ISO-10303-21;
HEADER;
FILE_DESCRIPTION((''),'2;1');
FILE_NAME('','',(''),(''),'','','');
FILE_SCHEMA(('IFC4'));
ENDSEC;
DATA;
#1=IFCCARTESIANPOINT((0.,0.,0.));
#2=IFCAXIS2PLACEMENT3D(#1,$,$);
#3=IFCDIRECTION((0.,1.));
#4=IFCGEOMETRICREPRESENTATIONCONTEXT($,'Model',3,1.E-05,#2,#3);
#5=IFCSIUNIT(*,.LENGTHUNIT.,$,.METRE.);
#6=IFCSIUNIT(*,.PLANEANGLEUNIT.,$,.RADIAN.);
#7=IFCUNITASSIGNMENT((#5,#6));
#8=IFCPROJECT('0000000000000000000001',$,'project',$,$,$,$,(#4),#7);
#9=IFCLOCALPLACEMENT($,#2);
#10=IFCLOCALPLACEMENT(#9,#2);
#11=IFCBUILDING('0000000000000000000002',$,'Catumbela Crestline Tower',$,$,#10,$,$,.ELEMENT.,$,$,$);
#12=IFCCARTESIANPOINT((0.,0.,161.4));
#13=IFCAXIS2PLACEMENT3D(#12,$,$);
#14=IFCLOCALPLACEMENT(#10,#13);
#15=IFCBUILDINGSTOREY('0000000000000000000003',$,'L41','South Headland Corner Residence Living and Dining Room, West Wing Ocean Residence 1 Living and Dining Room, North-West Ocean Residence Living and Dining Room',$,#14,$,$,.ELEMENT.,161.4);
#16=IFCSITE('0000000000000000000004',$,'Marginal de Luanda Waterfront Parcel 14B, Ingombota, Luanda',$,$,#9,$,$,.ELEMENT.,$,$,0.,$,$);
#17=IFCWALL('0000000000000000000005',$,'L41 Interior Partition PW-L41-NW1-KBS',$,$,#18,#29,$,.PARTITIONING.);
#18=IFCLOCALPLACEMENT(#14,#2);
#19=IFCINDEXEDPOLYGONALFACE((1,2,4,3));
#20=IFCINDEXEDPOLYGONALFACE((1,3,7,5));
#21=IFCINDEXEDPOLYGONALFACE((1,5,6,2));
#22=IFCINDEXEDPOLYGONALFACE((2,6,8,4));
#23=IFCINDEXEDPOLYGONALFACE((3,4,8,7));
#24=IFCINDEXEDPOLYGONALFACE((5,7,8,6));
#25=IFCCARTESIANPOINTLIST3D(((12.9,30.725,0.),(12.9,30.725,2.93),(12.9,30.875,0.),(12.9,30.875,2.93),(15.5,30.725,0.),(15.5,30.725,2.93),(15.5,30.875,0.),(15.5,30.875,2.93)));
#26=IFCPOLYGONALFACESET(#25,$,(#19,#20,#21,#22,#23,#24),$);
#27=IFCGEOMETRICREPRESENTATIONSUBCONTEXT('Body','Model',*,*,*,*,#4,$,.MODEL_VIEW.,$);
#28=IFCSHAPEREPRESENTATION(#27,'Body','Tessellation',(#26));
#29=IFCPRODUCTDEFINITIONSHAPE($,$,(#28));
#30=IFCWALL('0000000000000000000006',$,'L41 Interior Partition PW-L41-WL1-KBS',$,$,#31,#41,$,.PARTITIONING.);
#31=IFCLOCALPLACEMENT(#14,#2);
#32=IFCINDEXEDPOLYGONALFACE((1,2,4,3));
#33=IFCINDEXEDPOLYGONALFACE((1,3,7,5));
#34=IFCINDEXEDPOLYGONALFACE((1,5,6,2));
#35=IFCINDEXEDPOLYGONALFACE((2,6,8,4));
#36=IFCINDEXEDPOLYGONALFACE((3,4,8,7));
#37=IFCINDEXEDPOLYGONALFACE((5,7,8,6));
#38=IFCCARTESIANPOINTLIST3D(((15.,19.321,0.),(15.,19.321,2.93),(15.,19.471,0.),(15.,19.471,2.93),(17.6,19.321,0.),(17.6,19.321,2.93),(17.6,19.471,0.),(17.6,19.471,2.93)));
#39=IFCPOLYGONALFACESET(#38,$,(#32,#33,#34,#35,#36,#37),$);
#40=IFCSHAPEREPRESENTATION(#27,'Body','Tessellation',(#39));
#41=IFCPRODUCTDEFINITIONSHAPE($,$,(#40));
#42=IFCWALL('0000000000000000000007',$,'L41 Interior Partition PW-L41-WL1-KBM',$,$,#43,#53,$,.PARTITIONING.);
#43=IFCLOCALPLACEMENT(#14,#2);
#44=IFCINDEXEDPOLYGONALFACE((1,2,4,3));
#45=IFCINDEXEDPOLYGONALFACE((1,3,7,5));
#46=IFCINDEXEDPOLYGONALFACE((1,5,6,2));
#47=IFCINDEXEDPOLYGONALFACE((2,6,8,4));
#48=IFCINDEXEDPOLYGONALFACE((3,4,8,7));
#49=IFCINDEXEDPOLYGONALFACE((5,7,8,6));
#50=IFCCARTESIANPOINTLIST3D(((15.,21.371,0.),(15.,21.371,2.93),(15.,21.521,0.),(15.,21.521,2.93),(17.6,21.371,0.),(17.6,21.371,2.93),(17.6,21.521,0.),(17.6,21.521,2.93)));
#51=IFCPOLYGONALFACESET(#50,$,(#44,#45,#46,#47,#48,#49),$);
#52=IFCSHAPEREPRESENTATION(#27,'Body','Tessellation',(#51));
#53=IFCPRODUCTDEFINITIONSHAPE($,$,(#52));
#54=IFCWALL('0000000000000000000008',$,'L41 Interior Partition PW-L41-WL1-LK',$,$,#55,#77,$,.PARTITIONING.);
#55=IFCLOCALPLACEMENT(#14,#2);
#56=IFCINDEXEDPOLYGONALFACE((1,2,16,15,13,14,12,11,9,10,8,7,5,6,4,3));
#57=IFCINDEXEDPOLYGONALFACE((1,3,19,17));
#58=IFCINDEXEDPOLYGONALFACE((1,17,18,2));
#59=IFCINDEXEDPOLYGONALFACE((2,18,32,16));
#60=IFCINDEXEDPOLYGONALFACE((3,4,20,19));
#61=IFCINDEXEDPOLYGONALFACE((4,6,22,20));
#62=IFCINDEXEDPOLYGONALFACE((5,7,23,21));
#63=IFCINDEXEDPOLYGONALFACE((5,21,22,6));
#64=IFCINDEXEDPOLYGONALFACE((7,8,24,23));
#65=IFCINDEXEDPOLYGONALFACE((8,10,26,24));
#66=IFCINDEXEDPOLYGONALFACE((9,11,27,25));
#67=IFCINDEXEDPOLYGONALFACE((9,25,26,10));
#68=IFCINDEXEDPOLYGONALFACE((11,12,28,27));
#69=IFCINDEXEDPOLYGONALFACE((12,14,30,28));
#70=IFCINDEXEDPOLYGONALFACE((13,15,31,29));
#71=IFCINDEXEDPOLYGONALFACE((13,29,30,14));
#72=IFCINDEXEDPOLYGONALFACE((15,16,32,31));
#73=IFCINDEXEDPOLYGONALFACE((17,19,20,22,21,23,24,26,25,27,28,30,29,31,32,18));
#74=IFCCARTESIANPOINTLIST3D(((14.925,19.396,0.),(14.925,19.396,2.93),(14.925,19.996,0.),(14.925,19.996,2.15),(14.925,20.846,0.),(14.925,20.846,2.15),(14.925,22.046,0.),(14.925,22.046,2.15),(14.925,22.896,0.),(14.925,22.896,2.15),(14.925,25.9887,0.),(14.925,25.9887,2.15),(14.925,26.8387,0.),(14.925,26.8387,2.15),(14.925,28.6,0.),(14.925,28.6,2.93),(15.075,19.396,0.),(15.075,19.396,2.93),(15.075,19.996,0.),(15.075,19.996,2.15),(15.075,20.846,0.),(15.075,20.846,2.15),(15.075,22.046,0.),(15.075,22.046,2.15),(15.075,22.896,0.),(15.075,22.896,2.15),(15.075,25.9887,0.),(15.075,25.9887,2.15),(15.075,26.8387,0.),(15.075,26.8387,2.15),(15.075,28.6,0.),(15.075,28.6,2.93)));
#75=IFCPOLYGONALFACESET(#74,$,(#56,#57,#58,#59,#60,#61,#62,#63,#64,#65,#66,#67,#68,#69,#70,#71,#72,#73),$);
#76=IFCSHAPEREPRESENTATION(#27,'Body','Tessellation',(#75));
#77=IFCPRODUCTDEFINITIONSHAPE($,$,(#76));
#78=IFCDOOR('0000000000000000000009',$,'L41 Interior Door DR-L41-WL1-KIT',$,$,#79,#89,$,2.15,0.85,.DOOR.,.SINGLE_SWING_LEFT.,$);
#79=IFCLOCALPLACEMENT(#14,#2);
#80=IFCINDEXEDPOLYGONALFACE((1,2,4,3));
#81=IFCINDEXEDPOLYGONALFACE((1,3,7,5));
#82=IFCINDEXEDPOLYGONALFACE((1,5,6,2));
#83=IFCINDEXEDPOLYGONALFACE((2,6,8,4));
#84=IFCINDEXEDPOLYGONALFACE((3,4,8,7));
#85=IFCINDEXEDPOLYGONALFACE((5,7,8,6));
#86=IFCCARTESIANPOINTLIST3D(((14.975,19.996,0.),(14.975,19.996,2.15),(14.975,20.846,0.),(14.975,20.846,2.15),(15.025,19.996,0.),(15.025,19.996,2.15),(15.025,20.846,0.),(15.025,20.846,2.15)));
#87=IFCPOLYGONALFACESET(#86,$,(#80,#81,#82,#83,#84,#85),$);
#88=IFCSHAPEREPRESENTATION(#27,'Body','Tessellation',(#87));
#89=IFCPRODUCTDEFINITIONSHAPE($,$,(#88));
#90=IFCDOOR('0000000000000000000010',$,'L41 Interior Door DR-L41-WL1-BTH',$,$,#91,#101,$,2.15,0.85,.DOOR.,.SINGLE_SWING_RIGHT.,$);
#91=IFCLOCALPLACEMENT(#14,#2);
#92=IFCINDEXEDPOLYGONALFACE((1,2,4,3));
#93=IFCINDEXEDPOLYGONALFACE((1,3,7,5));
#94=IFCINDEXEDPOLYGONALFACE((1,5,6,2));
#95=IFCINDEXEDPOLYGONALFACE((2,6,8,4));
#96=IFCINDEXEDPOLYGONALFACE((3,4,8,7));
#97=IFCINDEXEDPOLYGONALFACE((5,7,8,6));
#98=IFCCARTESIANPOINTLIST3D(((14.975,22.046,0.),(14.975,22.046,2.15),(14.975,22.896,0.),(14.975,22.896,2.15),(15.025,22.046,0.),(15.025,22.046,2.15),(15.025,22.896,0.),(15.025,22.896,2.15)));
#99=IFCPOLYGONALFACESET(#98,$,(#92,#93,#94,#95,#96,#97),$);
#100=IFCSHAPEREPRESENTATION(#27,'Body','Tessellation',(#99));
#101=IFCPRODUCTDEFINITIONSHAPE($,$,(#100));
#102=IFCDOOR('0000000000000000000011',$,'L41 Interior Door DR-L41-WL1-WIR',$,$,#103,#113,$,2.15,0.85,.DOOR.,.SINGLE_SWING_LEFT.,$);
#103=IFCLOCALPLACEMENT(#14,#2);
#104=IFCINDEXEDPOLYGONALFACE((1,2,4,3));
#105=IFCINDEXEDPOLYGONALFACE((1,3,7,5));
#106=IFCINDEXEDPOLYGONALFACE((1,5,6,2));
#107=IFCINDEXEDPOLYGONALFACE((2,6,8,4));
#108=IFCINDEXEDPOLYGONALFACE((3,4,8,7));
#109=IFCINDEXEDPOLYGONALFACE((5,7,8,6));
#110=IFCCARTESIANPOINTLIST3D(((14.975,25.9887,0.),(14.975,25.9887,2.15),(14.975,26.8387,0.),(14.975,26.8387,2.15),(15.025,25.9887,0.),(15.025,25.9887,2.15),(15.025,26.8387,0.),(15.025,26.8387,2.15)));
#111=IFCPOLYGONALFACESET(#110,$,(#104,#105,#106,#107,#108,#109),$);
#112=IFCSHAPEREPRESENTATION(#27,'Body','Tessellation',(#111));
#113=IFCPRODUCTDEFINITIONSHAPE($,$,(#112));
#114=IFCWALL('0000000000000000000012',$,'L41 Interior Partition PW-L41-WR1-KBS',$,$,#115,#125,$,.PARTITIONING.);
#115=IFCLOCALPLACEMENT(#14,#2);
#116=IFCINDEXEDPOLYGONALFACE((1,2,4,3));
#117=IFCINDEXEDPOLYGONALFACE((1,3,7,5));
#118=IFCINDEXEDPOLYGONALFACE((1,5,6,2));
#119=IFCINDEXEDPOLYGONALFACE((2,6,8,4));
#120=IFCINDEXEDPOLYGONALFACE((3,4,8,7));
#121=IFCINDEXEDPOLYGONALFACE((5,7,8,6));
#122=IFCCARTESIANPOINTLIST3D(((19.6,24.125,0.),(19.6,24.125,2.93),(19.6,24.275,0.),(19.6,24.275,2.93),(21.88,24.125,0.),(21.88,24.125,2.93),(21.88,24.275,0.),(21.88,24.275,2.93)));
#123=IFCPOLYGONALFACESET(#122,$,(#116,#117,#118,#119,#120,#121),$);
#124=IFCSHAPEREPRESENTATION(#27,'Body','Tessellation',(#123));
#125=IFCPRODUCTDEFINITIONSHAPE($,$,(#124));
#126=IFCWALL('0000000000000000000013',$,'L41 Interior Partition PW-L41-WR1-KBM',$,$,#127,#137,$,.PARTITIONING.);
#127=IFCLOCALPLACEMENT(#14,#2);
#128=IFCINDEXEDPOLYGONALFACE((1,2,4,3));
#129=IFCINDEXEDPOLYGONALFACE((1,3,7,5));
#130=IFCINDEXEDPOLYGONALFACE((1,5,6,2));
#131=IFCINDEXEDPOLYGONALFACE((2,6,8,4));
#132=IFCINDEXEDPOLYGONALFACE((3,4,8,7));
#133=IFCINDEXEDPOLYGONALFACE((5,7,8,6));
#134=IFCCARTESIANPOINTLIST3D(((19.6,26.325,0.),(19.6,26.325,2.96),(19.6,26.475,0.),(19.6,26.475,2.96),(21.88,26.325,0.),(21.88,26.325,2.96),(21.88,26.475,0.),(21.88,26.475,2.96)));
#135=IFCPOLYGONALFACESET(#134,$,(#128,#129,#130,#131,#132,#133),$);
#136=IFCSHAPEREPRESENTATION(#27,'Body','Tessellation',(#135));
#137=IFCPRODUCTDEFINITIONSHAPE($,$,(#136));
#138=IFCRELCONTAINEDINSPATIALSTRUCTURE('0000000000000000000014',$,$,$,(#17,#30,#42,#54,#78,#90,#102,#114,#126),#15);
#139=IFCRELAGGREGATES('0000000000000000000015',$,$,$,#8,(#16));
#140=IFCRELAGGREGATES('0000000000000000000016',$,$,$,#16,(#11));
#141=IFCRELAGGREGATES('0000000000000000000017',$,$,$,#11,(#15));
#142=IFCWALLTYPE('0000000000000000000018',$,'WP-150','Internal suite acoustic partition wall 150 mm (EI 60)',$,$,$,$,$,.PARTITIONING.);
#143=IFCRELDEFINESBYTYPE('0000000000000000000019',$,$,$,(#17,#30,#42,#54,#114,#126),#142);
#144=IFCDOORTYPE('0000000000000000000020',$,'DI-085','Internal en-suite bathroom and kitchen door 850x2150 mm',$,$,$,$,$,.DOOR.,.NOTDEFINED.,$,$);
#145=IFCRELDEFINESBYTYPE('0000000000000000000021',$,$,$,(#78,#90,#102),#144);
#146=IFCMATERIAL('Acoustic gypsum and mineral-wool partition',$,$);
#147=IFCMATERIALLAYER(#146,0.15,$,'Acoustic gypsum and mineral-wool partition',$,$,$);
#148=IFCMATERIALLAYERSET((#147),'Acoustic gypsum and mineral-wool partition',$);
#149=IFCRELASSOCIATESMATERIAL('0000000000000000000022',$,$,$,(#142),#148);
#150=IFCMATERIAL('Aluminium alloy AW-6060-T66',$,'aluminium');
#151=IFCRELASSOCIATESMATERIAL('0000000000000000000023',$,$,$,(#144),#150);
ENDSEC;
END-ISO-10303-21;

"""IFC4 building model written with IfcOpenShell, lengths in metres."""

from ifc_helpers import new_model, si_unit, direction, frame, frame_2d, origin, place, context, subcontext, project, spatial, rectangle, extrude, material, layer, layer_set, type_object, element, fill, save


model = new_model("IFC4")

# Units and contexts
model_context = context("Model", 3, precision=1e-05, world=origin(), true_north=direction((0.0, 1.0)))
body_context = subcontext(model_context, "Body", "Model", "MODEL_VIEW")
ifc_project = project(units=[si_unit("LENGTHUNIT", "METRE"), si_unit("PLANEANGLEUNIT", "RADIAN")], contexts=[model_context])

# Site, building, storey
site_placement = place(None, origin())
site = spatial("IfcSite", under=ifc_project, at=site_placement, Name="Marginal de Luanda Waterfront Parcel 14B, Ingombota, Luanda", CompositionType="ELEMENT", RefElevation=0.0)
building_placement = place(site_placement, origin())
building = spatial("IfcBuilding", under=site, at=building_placement, Name="Catumbela Crestline Tower", CompositionType="ELEMENT")
storey_placement = place(building_placement, frame((0.0, 0.0, 161.4)))
storey = spatial("IfcBuildingStorey", under=building, at=storey_placement, Name="L41", Description="South Headland Corner Residence Living and Dining Room, West Wing Ocean Residence 1 Living and Dining Room, North-West Ocean Residence Living and Dining Room", CompositionType="ELEMENT", Elevation=161.4)

# Shared definitions
ifc_material_1 = material(Name="Acoustic gypsum and mineral-wool partition")

# Shared definitions
ifc_material_2 = material(Name="Aluminium alloy AW-6060-T66", Category="aluminium")

# Walls
ifc_layer_1 = layer(ifc_material_1, 0.15, Name="Acoustic gypsum and mineral-wool partition")
ifc_layer_set_1 = layer_set([ifc_layer_1], Name="Acoustic gypsum and mineral-wool partition")
wall_type_1 = type_object("IfcWallType", Name="WP-150", Description="Internal suite acoustic partition wall 150 mm (EI 60)", PredefinedType="PARTITIONING", material=ifc_layer_set_1)
for number, where, z_axis, x_axis, name in (
    (1, (12.9, 30.8, 0.0), (0.0, 0.0, 1.0), (1.0, 0.0, 0.0), "L41 Interior Partition PW-L41-NW1-KBS"),
    (2, (15.0, 19.396, 0.0), (0.0, 0.0, 1.0), (1.0, 0.0, 0.0), "L41 Interior Partition PW-L41-WL1-KBS"),
    (3, (15.0, 21.446, 0.0), (0.0, 0.0, 1.0), (1.0, 0.0, 0.0), "L41 Interior Partition PW-L41-WL1-KBM"),
):
    element("IfcWall", number, at=place(storey_placement, frame(where, z_axis=z_axis, x_axis=x_axis)), inside=storey, type_object=wall_type_1, Name=name, PredefinedType="PARTITIONING", context=body_context, shape_type="SweptSolid", body=[
        extrude(rectangle(XDim=2.6, YDim=0.15, at=frame_2d((1.3, 0.0))), origin(), (0.0, 0.0, 1.0), 2.93),
    ])

# Wall, openings, doors
wall_1_placement = place(storey_placement, frame((15.0, 19.396, 0.0), z_axis=(0.0, 0.0, 1.0), x_axis=(0.0, 1.0, 0.0)))
wall_1 = element("IfcWall", 4, at=wall_1_placement, inside=storey, type_object=wall_type_1, Name="L41 Interior Partition PW-L41-WL1-LK", PredefinedType="PARTITIONING", context=body_context, shape_type="SweptSolid", body=[
    extrude(rectangle(XDim=9.204, YDim=0.15, at=frame_2d((4.602, 0.0))), origin(), (0.0, 0.0, 1.0), 2.93),
])
opening_1_placement = place(wall_1_placement, frame((0.6, 0.0, 0.0)))
opening_1 = element("IfcOpeningElement", 5, at=opening_1_placement, cuts=wall_1, PredefinedType="OPENING", context=body_context, shape_type="SweptSolid", body=[
    extrude(rectangle(XDim=0.85, YDim=2.15, at=frame_2d((0.425, 1.075))), frame((0.0, 0.085, 0.0), z_axis=(0.0, -1.0, 0.0), x_axis=(1.0, 0.0, 0.0)), (0.0, 0.0, 1.0), 0.17),
])
opening_2_placement = place(wall_1_placement, frame((2.65, 0.0, 0.0)))
opening_2 = element("IfcOpeningElement", 6, at=opening_2_placement, cuts=wall_1, PredefinedType="OPENING", context=body_context, shape_type="SweptSolid", body=[
    extrude(rectangle(XDim=0.85, YDim=2.15, at=frame_2d((0.425, 1.075))), frame((0.0, 0.085, 0.0), z_axis=(0.0, -1.0, 0.0), x_axis=(1.0, 0.0, 0.0)), (0.0, 0.0, 1.0), 0.17),
])
opening_3_placement = place(wall_1_placement, frame((6.5927, 0.0, 0.0)))
opening_3 = element("IfcOpeningElement", 7, at=opening_3_placement, cuts=wall_1, PredefinedType="OPENING", context=body_context, shape_type="SweptSolid", body=[
    extrude(rectangle(XDim=0.85, YDim=2.15, at=frame_2d((0.425, 1.075))), frame((0.0, 0.085, 0.0), z_axis=(0.0, -1.0, 0.0), x_axis=(1.0, 0.0, 0.0)), (0.0, 0.0, 1.0), 0.17),
])
door_type_1 = type_object("IfcDoorType", Name="DI-085", Description="Internal en-suite bathroom and kitchen door 850x2150 mm", OperationType="NOTDEFINED", PredefinedType="DOOR", material=ifc_material_2)
door_1_placement = place(opening_1_placement, origin())
door_1 = element("IfcDoor", 8, at=door_1_placement, inside=storey, type_object=door_type_1, Name="L41 Interior Door DR-L41-WL1-KIT", OperationType="SINGLE_SWING_LEFT", OverallHeight=2.15, OverallWidth=0.85, PredefinedType="DOOR", context=body_context, shape_type="SweptSolid", body=[
    extrude(rectangle(XDim=0.85, YDim=2.15, at=frame_2d((0.425, 1.075))), frame((0.0, 0.025, 0.0), z_axis=(0.0, -1.0, 0.0), x_axis=(1.0, 0.0, 0.0)), (0.0, 0.0, 1.0), 0.05),
])
fill(opening_1, door_1)
door_2_placement = place(opening_2_placement, origin())
door_2 = element("IfcDoor", 9, at=door_2_placement, inside=storey, type_object=door_type_1, Name="L41 Interior Door DR-L41-WL1-BTH", OperationType="SINGLE_SWING_RIGHT", OverallHeight=2.15, OverallWidth=0.85, PredefinedType="DOOR", context=body_context, shape_type="SweptSolid", body=[
    extrude(rectangle(XDim=0.85, YDim=2.15, at=frame_2d((0.425, 1.075))), frame((0.0, 0.025, 0.0), z_axis=(0.0, -1.0, 0.0), x_axis=(1.0, 0.0, 0.0)), (0.0, 0.0, 1.0), 0.05),
])
fill(opening_2, door_2)
door_3_placement = place(opening_3_placement, origin())
door_3 = element("IfcDoor", 10, at=door_3_placement, inside=storey, type_object=door_type_1, Name="L41 Interior Door DR-L41-WL1-WIR", OperationType="SINGLE_SWING_LEFT", OverallHeight=2.15, OverallWidth=0.85, PredefinedType="DOOR", context=body_context, shape_type="SweptSolid", body=[
    extrude(rectangle(XDim=0.85, YDim=2.15, at=frame_2d((0.425, 1.075))), frame((0.0, 0.025, 0.0), z_axis=(0.0, -1.0, 0.0), x_axis=(1.0, 0.0, 0.0)), (0.0, 0.0, 1.0), 0.05),
])
fill(opening_3, door_3)

# Walls
wall_2_placement = place(storey_placement, frame((19.6, 24.2, 0.0), z_axis=(0.0, 0.0, 1.0), x_axis=(1.0, 0.0, 0.0)))
element("IfcWall", 11, at=wall_2_placement, inside=storey, type_object=wall_type_1, Name="L41 Interior Partition PW-L41-WR1-KBS", PredefinedType="PARTITIONING", context=body_context, shape_type="SweptSolid", body=[
    extrude(rectangle(XDim=2.28, YDim=0.15, at=frame_2d((1.14, 0.0))), origin(), (0.0, 0.0, 1.0), 2.93),
])
wall_3_placement = place(storey_placement, frame((19.6, 26.4, 0.0), z_axis=(0.0, 0.0, 1.0), x_axis=(1.0, 0.0, 0.0)))
element("IfcWall", 12, at=wall_3_placement, inside=storey, type_object=wall_type_1, Name="L41 Interior Partition PW-L41-WR1-KBM", PredefinedType="PARTITIONING", context=body_context, shape_type="SweptSolid", body=[
    extrude(rectangle(XDim=2.28, YDim=0.15, at=frame_2d((1.14, 0.0))), origin(), (0.0, 0.0, 1.0), 2.96),
])

save(model, "model.ifc")
